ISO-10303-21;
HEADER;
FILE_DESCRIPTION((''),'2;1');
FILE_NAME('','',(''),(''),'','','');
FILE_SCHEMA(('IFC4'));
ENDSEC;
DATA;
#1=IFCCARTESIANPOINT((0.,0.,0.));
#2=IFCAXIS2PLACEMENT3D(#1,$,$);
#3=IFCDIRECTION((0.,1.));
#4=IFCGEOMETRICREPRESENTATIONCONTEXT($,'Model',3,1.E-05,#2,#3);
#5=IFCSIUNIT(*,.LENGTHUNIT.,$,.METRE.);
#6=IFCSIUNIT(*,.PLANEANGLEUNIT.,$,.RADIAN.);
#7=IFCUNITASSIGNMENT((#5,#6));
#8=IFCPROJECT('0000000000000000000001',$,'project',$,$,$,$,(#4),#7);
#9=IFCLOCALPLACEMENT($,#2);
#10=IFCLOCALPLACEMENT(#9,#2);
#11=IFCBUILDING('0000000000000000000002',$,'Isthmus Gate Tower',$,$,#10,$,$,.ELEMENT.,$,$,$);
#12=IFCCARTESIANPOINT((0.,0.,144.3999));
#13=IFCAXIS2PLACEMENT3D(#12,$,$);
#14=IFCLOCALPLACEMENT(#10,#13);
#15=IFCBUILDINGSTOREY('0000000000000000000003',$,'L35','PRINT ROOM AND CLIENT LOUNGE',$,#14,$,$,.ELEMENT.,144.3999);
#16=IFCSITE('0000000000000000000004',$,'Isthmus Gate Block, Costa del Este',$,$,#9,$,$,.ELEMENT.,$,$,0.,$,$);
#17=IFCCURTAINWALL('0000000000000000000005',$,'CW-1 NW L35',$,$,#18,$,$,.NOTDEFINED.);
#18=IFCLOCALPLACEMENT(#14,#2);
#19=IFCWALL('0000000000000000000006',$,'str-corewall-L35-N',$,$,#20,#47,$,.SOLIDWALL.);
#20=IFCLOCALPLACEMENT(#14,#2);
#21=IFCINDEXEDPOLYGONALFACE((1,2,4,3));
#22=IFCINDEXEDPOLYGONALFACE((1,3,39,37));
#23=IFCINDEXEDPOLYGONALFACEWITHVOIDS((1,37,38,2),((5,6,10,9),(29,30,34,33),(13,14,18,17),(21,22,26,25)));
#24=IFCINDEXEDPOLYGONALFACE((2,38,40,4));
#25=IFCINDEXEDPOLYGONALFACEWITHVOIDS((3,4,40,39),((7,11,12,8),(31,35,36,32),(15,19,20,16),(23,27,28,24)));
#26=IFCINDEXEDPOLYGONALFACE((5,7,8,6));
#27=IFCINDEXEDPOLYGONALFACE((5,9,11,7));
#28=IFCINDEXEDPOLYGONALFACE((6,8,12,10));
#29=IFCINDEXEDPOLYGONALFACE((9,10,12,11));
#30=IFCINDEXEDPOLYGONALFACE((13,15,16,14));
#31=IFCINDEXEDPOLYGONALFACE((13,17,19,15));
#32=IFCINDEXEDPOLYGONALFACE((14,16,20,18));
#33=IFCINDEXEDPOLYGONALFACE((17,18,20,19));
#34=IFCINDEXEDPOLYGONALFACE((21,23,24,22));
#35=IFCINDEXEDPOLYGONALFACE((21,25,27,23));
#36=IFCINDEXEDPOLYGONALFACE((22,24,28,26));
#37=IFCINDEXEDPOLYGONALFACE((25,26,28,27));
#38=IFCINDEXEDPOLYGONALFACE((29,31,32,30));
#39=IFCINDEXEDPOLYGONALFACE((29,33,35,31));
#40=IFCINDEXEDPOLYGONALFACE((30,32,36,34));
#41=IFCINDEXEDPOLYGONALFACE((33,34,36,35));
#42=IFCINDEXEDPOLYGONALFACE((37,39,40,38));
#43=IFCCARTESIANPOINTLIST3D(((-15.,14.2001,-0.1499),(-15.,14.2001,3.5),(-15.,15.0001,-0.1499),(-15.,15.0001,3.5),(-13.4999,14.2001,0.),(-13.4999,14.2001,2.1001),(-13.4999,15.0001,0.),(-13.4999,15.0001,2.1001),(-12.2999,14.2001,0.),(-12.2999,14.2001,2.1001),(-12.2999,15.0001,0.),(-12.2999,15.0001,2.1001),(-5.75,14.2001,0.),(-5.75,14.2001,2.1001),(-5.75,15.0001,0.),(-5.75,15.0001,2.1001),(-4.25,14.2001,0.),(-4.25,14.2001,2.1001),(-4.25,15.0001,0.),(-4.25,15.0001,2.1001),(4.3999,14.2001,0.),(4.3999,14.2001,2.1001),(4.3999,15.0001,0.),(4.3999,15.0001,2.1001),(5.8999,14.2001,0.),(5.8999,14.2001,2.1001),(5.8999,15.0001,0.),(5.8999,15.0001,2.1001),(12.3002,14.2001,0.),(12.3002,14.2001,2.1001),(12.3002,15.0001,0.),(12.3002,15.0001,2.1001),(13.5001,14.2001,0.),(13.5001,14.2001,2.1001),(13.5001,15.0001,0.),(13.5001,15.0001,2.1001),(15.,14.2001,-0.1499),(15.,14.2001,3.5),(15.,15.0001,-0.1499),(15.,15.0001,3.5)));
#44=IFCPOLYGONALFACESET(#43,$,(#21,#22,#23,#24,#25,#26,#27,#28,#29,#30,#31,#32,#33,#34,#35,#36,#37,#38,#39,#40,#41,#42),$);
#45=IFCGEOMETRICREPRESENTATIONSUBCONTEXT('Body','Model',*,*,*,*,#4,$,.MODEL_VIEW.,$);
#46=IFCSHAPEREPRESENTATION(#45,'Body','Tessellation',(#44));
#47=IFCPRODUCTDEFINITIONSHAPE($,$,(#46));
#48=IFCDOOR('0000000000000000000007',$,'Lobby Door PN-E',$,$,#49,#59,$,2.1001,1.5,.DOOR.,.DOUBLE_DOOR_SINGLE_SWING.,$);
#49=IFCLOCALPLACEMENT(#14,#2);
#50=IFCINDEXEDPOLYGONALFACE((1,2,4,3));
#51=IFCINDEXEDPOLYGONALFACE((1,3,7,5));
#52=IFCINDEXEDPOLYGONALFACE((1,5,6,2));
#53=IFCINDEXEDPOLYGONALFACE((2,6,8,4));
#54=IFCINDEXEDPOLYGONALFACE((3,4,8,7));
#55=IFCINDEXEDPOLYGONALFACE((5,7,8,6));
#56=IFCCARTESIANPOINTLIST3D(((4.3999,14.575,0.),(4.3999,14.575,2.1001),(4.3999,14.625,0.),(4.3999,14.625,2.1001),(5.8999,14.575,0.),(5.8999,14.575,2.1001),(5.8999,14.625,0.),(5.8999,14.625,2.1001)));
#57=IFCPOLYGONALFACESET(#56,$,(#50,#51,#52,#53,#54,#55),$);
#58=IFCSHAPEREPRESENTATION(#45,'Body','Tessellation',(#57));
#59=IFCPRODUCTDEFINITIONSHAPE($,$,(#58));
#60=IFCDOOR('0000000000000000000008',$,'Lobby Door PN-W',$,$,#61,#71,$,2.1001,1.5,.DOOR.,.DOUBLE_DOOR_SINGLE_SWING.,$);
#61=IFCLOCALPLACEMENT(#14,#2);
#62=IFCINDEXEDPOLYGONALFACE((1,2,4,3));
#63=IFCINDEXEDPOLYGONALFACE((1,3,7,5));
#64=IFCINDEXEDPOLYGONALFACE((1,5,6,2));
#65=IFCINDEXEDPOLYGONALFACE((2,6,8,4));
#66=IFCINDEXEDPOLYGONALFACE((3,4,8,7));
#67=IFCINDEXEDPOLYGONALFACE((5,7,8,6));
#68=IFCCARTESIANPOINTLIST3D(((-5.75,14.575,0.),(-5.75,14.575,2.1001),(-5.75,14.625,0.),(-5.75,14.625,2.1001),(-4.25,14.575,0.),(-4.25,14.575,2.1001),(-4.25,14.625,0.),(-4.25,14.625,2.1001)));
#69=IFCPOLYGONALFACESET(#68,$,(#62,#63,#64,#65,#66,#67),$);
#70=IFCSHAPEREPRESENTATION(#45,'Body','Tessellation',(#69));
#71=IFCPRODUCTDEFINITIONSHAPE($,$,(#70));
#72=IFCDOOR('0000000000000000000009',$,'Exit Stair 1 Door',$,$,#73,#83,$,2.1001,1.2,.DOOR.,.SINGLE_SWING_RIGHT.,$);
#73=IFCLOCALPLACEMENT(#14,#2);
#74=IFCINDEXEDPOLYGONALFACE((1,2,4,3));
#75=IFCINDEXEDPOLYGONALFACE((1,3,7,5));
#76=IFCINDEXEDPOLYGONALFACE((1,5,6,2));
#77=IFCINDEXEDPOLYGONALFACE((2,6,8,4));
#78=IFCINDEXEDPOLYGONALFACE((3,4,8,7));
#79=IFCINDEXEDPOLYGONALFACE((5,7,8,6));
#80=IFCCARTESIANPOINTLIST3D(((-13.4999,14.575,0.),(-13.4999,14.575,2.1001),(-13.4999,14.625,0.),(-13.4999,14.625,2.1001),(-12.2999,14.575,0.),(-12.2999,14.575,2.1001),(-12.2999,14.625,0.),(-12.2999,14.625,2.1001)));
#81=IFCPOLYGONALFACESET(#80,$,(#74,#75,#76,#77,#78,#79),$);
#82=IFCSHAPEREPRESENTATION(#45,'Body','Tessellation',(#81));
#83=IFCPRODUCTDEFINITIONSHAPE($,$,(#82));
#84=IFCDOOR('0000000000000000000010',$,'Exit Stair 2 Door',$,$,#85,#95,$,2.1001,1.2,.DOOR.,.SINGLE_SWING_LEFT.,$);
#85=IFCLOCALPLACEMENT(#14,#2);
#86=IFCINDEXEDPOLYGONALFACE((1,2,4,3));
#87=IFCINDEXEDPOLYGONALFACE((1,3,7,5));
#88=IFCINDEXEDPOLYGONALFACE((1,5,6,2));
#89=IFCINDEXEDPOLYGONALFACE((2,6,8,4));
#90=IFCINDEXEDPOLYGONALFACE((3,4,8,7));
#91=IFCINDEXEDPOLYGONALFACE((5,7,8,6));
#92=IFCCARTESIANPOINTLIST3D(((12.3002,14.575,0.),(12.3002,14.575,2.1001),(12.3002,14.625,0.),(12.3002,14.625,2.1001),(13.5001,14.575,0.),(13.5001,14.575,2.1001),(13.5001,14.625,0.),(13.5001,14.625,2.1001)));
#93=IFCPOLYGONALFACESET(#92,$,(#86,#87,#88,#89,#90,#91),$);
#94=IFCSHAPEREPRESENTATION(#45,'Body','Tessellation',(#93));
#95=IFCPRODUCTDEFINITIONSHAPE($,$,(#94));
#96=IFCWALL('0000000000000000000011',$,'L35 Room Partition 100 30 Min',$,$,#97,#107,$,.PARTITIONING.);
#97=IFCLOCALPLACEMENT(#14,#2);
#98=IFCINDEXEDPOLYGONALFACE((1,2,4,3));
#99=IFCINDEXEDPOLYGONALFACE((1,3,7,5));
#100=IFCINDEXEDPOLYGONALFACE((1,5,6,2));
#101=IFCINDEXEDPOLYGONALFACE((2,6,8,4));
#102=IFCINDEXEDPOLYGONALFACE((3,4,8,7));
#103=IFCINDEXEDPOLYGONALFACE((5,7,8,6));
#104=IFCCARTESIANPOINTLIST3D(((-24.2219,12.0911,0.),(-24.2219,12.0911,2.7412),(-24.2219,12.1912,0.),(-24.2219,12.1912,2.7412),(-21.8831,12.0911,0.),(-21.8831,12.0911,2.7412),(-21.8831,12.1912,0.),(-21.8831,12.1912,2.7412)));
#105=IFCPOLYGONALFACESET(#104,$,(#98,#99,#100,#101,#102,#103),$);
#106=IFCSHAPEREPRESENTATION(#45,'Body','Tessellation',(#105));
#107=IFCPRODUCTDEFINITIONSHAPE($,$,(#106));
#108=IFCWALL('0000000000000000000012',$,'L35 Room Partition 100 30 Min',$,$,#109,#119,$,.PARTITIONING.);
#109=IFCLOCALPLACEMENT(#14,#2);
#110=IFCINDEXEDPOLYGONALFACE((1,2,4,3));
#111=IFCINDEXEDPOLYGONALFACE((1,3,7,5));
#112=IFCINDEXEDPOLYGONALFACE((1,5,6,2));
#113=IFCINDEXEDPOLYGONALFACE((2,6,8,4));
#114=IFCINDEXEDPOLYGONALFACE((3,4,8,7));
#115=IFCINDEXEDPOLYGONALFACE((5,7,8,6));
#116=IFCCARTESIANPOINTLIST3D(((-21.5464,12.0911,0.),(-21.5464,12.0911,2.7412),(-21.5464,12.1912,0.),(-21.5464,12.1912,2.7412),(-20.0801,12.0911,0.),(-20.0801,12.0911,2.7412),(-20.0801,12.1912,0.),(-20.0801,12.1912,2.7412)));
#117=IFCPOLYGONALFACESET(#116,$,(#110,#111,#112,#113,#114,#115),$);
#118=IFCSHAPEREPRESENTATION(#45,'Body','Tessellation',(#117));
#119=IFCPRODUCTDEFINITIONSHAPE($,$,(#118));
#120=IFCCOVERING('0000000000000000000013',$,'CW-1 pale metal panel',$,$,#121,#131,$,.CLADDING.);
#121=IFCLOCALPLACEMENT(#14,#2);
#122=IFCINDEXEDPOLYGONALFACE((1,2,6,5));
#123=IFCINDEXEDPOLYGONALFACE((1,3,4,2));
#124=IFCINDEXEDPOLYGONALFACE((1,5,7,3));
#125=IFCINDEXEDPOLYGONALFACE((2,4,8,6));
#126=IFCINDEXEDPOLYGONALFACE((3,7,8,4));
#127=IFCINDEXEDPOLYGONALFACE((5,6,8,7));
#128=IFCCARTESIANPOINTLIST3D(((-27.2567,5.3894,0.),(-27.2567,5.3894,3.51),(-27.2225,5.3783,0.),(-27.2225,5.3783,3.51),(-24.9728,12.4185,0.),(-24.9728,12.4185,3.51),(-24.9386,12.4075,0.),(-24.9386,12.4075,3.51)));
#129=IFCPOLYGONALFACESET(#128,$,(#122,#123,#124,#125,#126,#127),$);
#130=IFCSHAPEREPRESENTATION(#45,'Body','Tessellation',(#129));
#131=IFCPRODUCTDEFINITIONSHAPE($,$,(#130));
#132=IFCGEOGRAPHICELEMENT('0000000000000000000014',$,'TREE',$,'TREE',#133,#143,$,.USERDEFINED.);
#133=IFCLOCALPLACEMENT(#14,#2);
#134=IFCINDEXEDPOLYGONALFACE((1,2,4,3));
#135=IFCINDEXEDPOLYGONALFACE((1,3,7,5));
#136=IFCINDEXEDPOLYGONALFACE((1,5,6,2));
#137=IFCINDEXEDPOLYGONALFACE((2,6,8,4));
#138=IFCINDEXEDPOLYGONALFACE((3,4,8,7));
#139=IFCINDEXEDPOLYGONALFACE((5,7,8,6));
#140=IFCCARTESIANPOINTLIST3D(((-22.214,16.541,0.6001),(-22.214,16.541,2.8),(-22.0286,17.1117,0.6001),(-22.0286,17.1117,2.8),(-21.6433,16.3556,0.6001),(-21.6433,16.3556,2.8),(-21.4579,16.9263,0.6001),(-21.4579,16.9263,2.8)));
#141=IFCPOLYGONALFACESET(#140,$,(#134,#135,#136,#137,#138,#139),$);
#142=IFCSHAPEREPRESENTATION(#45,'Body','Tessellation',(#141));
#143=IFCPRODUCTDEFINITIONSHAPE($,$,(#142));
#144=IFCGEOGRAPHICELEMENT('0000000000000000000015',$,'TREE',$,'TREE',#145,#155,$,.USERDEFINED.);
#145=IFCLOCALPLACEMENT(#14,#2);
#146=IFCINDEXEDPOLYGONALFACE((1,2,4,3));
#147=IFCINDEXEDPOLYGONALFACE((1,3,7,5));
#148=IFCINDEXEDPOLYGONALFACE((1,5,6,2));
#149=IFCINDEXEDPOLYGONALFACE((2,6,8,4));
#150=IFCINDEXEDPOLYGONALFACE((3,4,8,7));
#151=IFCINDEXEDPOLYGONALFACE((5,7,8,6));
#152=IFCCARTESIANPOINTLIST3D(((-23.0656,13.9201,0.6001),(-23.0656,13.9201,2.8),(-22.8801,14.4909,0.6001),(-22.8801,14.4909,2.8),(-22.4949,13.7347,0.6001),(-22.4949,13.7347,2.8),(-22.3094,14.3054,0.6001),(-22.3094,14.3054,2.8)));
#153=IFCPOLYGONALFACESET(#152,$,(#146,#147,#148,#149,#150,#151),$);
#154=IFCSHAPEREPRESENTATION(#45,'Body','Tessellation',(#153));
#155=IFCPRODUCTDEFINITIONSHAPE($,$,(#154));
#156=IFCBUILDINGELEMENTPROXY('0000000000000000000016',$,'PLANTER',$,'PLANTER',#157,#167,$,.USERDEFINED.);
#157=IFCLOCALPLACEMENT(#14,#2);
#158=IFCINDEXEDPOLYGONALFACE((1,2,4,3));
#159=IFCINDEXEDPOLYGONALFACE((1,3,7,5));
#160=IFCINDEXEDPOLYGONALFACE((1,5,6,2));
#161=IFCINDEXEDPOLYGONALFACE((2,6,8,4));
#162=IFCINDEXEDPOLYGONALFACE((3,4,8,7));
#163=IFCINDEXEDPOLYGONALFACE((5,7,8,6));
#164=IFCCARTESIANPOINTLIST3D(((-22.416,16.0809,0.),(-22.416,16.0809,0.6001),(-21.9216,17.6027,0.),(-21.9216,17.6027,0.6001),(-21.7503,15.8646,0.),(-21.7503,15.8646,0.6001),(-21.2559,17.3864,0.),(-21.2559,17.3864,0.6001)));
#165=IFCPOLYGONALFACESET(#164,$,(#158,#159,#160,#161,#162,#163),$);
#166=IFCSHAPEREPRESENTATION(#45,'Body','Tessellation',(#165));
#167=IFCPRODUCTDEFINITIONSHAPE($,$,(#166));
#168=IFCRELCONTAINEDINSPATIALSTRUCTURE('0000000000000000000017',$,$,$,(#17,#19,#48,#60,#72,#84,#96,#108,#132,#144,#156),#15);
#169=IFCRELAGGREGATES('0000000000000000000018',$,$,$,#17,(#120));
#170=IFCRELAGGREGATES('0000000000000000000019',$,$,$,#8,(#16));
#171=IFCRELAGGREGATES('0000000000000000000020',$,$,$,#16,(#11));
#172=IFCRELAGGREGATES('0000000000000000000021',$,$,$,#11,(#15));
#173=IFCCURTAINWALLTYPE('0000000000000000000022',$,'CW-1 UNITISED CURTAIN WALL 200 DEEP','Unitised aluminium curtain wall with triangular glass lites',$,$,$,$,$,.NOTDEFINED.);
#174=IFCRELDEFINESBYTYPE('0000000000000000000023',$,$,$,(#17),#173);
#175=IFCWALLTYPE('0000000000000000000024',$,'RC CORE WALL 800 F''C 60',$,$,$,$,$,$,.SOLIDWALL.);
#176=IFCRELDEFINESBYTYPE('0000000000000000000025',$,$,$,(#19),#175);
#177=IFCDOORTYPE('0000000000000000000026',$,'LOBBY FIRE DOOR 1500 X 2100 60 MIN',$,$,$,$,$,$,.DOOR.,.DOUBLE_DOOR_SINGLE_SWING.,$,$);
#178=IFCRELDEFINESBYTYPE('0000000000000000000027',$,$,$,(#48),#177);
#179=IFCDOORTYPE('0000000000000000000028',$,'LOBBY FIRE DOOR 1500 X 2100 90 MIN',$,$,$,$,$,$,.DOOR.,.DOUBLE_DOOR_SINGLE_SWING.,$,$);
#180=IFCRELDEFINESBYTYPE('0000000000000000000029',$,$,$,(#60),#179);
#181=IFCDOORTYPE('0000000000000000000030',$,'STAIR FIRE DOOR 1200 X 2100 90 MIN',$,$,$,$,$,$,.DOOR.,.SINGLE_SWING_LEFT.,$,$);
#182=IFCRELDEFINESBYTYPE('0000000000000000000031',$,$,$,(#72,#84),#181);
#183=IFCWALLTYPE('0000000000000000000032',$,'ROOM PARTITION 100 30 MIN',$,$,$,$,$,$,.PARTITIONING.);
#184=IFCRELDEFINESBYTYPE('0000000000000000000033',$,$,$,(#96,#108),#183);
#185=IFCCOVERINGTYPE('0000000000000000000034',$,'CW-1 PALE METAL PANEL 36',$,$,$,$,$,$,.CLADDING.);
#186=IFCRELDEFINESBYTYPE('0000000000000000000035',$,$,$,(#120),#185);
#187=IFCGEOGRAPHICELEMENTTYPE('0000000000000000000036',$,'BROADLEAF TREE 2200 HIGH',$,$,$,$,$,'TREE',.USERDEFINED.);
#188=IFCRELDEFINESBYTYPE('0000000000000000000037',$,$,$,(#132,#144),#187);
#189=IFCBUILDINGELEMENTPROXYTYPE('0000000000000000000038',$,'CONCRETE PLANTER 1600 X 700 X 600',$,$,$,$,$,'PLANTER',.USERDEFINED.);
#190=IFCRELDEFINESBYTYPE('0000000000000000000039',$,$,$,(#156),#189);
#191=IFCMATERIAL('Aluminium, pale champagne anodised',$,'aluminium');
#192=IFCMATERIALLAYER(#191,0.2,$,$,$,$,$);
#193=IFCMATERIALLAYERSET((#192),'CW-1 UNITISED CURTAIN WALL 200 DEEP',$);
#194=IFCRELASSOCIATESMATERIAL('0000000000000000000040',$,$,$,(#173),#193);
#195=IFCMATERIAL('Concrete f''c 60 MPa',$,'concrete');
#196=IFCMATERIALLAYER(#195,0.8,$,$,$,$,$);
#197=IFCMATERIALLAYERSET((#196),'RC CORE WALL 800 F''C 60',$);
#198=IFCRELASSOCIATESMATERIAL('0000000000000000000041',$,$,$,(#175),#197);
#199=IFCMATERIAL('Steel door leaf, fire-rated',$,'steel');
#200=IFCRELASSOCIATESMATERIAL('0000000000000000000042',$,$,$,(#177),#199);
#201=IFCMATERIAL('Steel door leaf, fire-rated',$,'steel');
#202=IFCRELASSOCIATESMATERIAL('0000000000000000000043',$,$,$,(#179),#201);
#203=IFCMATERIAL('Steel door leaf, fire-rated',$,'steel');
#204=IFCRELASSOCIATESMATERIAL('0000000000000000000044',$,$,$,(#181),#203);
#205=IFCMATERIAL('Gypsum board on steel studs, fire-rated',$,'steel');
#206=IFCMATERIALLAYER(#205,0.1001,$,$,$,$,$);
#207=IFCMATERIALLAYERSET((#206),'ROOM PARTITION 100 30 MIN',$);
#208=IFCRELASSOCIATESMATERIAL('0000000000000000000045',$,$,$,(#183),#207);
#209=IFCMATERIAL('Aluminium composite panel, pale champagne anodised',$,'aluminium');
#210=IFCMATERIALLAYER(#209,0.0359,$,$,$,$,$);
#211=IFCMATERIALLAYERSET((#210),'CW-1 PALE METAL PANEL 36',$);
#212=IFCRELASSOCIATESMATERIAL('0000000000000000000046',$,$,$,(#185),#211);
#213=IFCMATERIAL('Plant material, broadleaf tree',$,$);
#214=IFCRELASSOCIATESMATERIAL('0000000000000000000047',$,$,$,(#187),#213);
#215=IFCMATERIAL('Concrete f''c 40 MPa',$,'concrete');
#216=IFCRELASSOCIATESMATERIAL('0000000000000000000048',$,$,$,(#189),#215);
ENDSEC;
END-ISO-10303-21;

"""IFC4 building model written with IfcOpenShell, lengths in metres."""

from ifc_helpers import new_model, si_unit, direction, frame, frame_2d, origin, origin_2d, place, context, subcontext, project, spatial, rectangle, extrude, material, layer, layer_set, type_object, element, fill, aggregate, save


model = new_model("IFC4")

# Units and contexts
model_context = context("Model", 3, precision=1e-05, world=origin(), true_north=direction((0.0, 1.0)))
body_context = subcontext(model_context, "Body", "Model", "MODEL_VIEW")
ifc_project = project(units=[si_unit("LENGTHUNIT", "METRE"), si_unit("PLANEANGLEUNIT", "RADIAN")], contexts=[model_context])

# Site, building, storey
site_placement = place(None, origin())
site = spatial("IfcSite", under=ifc_project, at=site_placement, Name="Isthmus Gate Block, Costa del Este", CompositionType="ELEMENT", RefElevation=0.0)
building_placement = place(site_placement, origin())
building = spatial("IfcBuilding", under=site, at=building_placement, Name="Isthmus Gate Tower", CompositionType="ELEMENT")
storey_placement = place(building_placement, frame((0.0, 0.0, 144.3999)))
storey = spatial("IfcBuildingStorey", under=building, at=storey_placement, Name="L35", Description="PRINT ROOM AND CLIENT LOUNGE", CompositionType="ELEMENT", Elevation=144.3999)

# Curtain wall
ifc_material_1 = material(Name="Aluminium, pale champagne anodised", Category="aluminium")
ifc_layer_1 = layer(ifc_material_1, 0.2)
ifc_layer_set_1 = layer_set([ifc_layer_1], Name="CW-1 UNITISED CURTAIN WALL 200 DEEP")
curtain_wall_type_1 = type_object("IfcCurtainWallType", Name="CW-1 UNITISED CURTAIN WALL 200 DEEP", Description="Unitised aluminium curtain wall with triangular glass lites", PredefinedType="NOTDEFINED", material=ifc_layer_set_1)
curtain_wall_1_placement = place(storey_placement, origin())
curtain_wall_1 = element("IfcCurtainWall", 1, at=curtain_wall_1_placement, inside=storey, type_object=curtain_wall_type_1, Name="CW-1 NW L35", PredefinedType="NOTDEFINED")

# Wall, openings, doors
ifc_material_2 = material(Name="Concrete f'c 60 MPa", Category="concrete")
ifc_layer_2 = layer(ifc_material_2, 0.8)
ifc_layer_set_2 = layer_set([ifc_layer_2], Name="RC CORE WALL 800 F'C 60")
wall_type_1 = type_object("IfcWallType", Name="RC CORE WALL 800 F'C 60", PredefinedType="SOLIDWALL", material=ifc_layer_set_2)
wall_1_placement = place(storey_placement, frame((-15.0, 14.6001, -0.1499), z_axis=(0.0, 0.0, 1.0), x_axis=(1.0, 0.0, 0.0)))
wall_1 = element("IfcWall", 2, at=wall_1_placement, inside=storey, type_object=wall_type_1, Name="str-corewall-L35-N", PredefinedType="SOLIDWALL", context=body_context, shape_type="SweptSolid", body=[
    extrude(rectangle(XDim=30.0, YDim=0.8, at=frame_2d((15.0, 0.0))), origin(), (0.0, 0.0, 1.0), 3.6499),
])
opening_1_placement = place(wall_1_placement, frame((9.25, 0.0, 0.1499)))
opening_1 = element("IfcOpeningElement", 3, at=opening_1_placement, cuts=wall_1, PredefinedType="OPENING", context=body_context, shape_type="SweptSolid", body=[
    extrude(rectangle(XDim=1.5, YDim=2.1001, at=frame_2d((0.75, 1.05))), frame((0.0, 0.4099, 0.0), z_axis=(0.0, -1.0, 0.0), x_axis=(1.0, 0.0, 0.0)), (0.0, 0.0, 1.0), 0.8201),
])
opening_2_placement = place(wall_1_placement, frame((19.3999, 0.0, 0.1499)))
opening_2 = element("IfcOpeningElement", 4, at=opening_2_placement, cuts=wall_1, PredefinedType="OPENING", context=body_context, shape_type="SweptSolid", body=[
    extrude(rectangle(XDim=1.5, YDim=2.1001, at=frame_2d((0.75, 1.05))), frame((0.0, 0.4099, 0.0), z_axis=(0.0, -1.0, 0.0), x_axis=(1.0, 0.0, 0.0)), (0.0, 0.0, 1.0), 0.8201),
])
opening_3_placement = place(wall_1_placement, frame((1.5, 0.0, 0.1499)))
opening_3 = element("IfcOpeningElement", 5, at=opening_3_placement, cuts=wall_1, PredefinedType="OPENING", context=body_context, shape_type="SweptSolid", body=[
    extrude(rectangle(XDim=1.2, YDim=2.1001, at=frame_2d((0.6001, 1.05))), frame((0.0, 0.4099, 0.0), z_axis=(0.0, -1.0, 0.0), x_axis=(1.0, 0.0, 0.0)), (0.0, 0.0, 1.0), 0.8201),
])
opening_4_placement = place(wall_1_placement, frame((27.3, 0.0, 0.1499)))
opening_4 = element("IfcOpeningElement", 6, at=opening_4_placement, cuts=wall_1, PredefinedType="OPENING", context=body_context, shape_type="SweptSolid", body=[
    extrude(rectangle(XDim=1.2, YDim=2.1001, at=frame_2d((0.6001, 1.05))), frame((0.0, 0.4099, 0.0), z_axis=(0.0, -1.0, 0.0), x_axis=(1.0, 0.0, 0.0)), (0.0, 0.0, 1.0), 0.8201),
])
ifc_material_3 = material(Name="Steel door leaf, fire-rated", Category="steel")
door_type_1 = type_object("IfcDoorType", Name="LOBBY FIRE DOOR 1500 X 2100 60 MIN", OperationType="DOUBLE_DOOR_SINGLE_SWING", PredefinedType="DOOR", material=ifc_material_3)
door_1_placement = place(opening_2_placement, origin())
door_1 = element("IfcDoor", 7, at=door_1_placement, inside=storey, type_object=door_type_1, Name="Lobby Door PN-E", OperationType="DOUBLE_DOOR_SINGLE_SWING", OverallHeight=2.1001, OverallWidth=1.5, PredefinedType="DOOR", context=body_context, shape_type="SweptSolid", body=[
    extrude(rectangle(XDim=1.5, YDim=2.1001, at=frame_2d((0.75, 1.05))), frame((0.0, 0.0249, 0.0), z_axis=(0.0, -1.0, 0.0), x_axis=(1.0, 0.0, 0.0)), (0.0, 0.0, 1.0), 0.05),
])
fill(opening_2, door_1)
ifc_material_4 = material(Name="Steel door leaf, fire-rated", Category="steel")
door_type_2 = type_object("IfcDoorType", Name="LOBBY FIRE DOOR 1500 X 2100 90 MIN", OperationType="DOUBLE_DOOR_SINGLE_SWING", PredefinedType="DOOR", material=ifc_material_4)
door_2_placement = place(opening_1_placement, origin())
door_2 = element("IfcDoor", 8, at=door_2_placement, inside=storey, type_object=door_type_2, Name="Lobby Door PN-W", OperationType="DOUBLE_DOOR_SINGLE_SWING", OverallHeight=2.1001, OverallWidth=1.5, PredefinedType="DOOR", context=body_context, shape_type="SweptSolid", body=[
    extrude(rectangle(XDim=1.5, YDim=2.1001, at=frame_2d((0.75, 1.05))), frame((0.0, 0.0249, 0.0), z_axis=(0.0, -1.0, 0.0), x_axis=(1.0, 0.0, 0.0)), (0.0, 0.0, 1.0), 0.05),
])
fill(opening_1, door_2)
ifc_material_5 = material(Name="Steel door leaf, fire-rated", Category="steel")
door_type_3 = type_object("IfcDoorType", Name="STAIR FIRE DOOR 1200 X 2100 90 MIN", OperationType="SINGLE_SWING_LEFT", PredefinedType="DOOR", material=ifc_material_5)
door_3_placement = place(opening_3_placement, origin())
door_3 = element("IfcDoor", 9, at=door_3_placement, inside=storey, type_object=door_type_3, Name="Exit Stair 1 Door", OperationType="SINGLE_SWING_RIGHT", OverallHeight=2.1001, OverallWidth=1.2, PredefinedType="DOOR", context=body_context, shape_type="SweptSolid", body=[
    extrude(rectangle(XDim=1.2, YDim=2.1001, at=frame_2d((0.6001, 1.05))), frame((0.0, 0.0249, 0.0), z_axis=(0.0, -1.0, 0.0), x_axis=(1.0, 0.0, 0.0)), (0.0, 0.0, 1.0), 0.05),
])
fill(opening_3, door_3)
door_4_placement = place(opening_4_placement, origin())
door_4 = element("IfcDoor", 10, at=door_4_placement, inside=storey, type_object=door_type_3, Name="Exit Stair 2 Door", OperationType="SINGLE_SWING_LEFT", OverallHeight=2.1001, OverallWidth=1.2, PredefinedType="DOOR", context=body_context, shape_type="SweptSolid", body=[
    extrude(rectangle(XDim=1.2, YDim=2.1001, at=frame_2d((0.6001, 1.05))), frame((0.0, 0.0249, 0.0), z_axis=(0.0, -1.0, 0.0), x_axis=(1.0, 0.0, 0.0)), (0.0, 0.0, 1.0), 0.05),
])
fill(opening_4, door_4)

# Walls
ifc_material_6 = material(Name="Gypsum board on steel studs, fire-rated", Category="steel")
ifc_layer_3 = layer(ifc_material_6, 0.1001)
ifc_layer_set_3 = layer_set([ifc_layer_3], Name="ROOM PARTITION 100 30 MIN")
wall_type_2 = type_object("IfcWallType", Name="ROOM PARTITION 100 30 MIN", PredefinedType="PARTITIONING", material=ifc_layer_set_3)
wall_2_placement = place(storey_placement, frame((-24.2219, 12.1411, 0.0), z_axis=(0.0, 0.0, 1.0), x_axis=(1.0, 0.0, 0.0)))
element("IfcWall", 11, at=wall_2_placement, inside=storey, type_object=wall_type_2, Name="L35 Room Partition 100 30 Min", PredefinedType="PARTITIONING", context=body_context, shape_type="SweptSolid", body=[
    extrude(rectangle(XDim=2.3389, YDim=0.1001, at=frame_2d((1.1694, 0.0))), origin(), (0.0, 0.0, 1.0), 2.7412),
])
wall_3_placement = place(storey_placement, frame((-21.5464, 12.1411, 0.0), z_axis=(0.0, 0.0, 1.0), x_axis=(1.0, 0.0, 0.0)))
element("IfcWall", 12, at=wall_3_placement, inside=storey, type_object=wall_type_2, Name="L35 Room Partition 100 30 Min", PredefinedType="PARTITIONING", context=body_context, shape_type="SweptSolid", body=[
    extrude(rectangle(XDim=1.4663, YDim=0.1001, at=frame_2d((0.7332, 0.0))), origin(), (0.0, 0.0, 1.0), 2.7412),
])

# Covering
ifc_material_7 = material(Name="Aluminium composite panel, pale champagne anodised", Category="aluminium")
ifc_layer_4 = layer(ifc_material_7, 0.0359)
ifc_layer_set_4 = layer_set([ifc_layer_4], Name="CW-1 PALE METAL PANEL 36")
covering_type = type_object("IfcCoveringType", Name="CW-1 PALE METAL PANEL 36", PredefinedType="CLADDING", material=ifc_layer_set_4)
covering_placement = place(storey_placement, frame((-26.0977, 8.8984, 0.0), z_axis=(0.0, 0.0, 1.0), x_axis=(-0.309017, -0.951057, 0.0)))
covering = element("IfcCovering", 13, at=covering_placement, type_object=covering_type, Name="CW-1 pale metal panel", PredefinedType="CLADDING", context=body_context, shape_type="SweptSolid", body=[
    extrude(rectangle(XDim=7.3909, YDim=0.0359, at=origin_2d()), origin(), (0.0, 0.0, 1.0), 3.51),
])
aggregate(curtain_wall_1, [covering])

# Geographic elements
ifc_material_8 = material(Name="Plant material, broadleaf tree")
geographic_element_type = type_object("IfcGeographicElementType", Name="BROADLEAF TREE 2200 HIGH", ElementType="TREE", PredefinedType="USERDEFINED", material=ifc_material_8)
for number, where, z_axis, x_axis, name in (
    (14, (-21.8359, 16.7336, 0.6001), (0.0, 0.0, 1.0), (-0.309017, -0.951057, 0.0), "TREE"),
    (15, (-22.6875, 14.1128, 0.6001), (0.0, 0.0, 1.0), (-0.309017, -0.951057, 0.0), "TREE"),
):
    element("IfcGeographicElement", number, at=place(storey_placement, frame(where, z_axis=z_axis, x_axis=x_axis)), inside=storey, type_object=geographic_element_type, Name=name, ObjectType="TREE", PredefinedType="USERDEFINED", context=body_context, shape_type="SweptSolid", body=[
        extrude(rectangle(XDim=0.6001, YDim=0.6001, at=origin_2d()), origin(), (0.0, 0.0, 1.0), 2.2),
    ])

# Building element proxy
ifc_material_9 = material(Name="Concrete f'c 40 MPa", Category="concrete")
building_element_proxy_type = type_object("IfcBuildingElementProxyType", Name="CONCRETE PLANTER 1600 X 700 X 600", ElementType="PLANTER", PredefinedType="USERDEFINED", material=ifc_material_9)
for number, where, z_axis, x_axis, name in (
    (16, (-21.8359, 16.7336, 0.0), (0.0, 0.0, 1.0), (-0.309017, -0.951057, 0.0), "PLANTER"),
):
    element("IfcBuildingElementProxy", number, at=place(storey_placement, frame(where, z_axis=z_axis, x_axis=x_axis)), inside=storey, type_object=building_element_proxy_type, Name=name, ObjectType="PLANTER", PredefinedType="USERDEFINED", context=body_context, shape_type="SweptSolid", body=[
        extrude(rectangle(XDim=1.6001, YDim=0.7, at=origin_2d()), origin(), (0.0, 0.0, 1.0), 0.6001),
    ])

save(model, "model.ifc")
